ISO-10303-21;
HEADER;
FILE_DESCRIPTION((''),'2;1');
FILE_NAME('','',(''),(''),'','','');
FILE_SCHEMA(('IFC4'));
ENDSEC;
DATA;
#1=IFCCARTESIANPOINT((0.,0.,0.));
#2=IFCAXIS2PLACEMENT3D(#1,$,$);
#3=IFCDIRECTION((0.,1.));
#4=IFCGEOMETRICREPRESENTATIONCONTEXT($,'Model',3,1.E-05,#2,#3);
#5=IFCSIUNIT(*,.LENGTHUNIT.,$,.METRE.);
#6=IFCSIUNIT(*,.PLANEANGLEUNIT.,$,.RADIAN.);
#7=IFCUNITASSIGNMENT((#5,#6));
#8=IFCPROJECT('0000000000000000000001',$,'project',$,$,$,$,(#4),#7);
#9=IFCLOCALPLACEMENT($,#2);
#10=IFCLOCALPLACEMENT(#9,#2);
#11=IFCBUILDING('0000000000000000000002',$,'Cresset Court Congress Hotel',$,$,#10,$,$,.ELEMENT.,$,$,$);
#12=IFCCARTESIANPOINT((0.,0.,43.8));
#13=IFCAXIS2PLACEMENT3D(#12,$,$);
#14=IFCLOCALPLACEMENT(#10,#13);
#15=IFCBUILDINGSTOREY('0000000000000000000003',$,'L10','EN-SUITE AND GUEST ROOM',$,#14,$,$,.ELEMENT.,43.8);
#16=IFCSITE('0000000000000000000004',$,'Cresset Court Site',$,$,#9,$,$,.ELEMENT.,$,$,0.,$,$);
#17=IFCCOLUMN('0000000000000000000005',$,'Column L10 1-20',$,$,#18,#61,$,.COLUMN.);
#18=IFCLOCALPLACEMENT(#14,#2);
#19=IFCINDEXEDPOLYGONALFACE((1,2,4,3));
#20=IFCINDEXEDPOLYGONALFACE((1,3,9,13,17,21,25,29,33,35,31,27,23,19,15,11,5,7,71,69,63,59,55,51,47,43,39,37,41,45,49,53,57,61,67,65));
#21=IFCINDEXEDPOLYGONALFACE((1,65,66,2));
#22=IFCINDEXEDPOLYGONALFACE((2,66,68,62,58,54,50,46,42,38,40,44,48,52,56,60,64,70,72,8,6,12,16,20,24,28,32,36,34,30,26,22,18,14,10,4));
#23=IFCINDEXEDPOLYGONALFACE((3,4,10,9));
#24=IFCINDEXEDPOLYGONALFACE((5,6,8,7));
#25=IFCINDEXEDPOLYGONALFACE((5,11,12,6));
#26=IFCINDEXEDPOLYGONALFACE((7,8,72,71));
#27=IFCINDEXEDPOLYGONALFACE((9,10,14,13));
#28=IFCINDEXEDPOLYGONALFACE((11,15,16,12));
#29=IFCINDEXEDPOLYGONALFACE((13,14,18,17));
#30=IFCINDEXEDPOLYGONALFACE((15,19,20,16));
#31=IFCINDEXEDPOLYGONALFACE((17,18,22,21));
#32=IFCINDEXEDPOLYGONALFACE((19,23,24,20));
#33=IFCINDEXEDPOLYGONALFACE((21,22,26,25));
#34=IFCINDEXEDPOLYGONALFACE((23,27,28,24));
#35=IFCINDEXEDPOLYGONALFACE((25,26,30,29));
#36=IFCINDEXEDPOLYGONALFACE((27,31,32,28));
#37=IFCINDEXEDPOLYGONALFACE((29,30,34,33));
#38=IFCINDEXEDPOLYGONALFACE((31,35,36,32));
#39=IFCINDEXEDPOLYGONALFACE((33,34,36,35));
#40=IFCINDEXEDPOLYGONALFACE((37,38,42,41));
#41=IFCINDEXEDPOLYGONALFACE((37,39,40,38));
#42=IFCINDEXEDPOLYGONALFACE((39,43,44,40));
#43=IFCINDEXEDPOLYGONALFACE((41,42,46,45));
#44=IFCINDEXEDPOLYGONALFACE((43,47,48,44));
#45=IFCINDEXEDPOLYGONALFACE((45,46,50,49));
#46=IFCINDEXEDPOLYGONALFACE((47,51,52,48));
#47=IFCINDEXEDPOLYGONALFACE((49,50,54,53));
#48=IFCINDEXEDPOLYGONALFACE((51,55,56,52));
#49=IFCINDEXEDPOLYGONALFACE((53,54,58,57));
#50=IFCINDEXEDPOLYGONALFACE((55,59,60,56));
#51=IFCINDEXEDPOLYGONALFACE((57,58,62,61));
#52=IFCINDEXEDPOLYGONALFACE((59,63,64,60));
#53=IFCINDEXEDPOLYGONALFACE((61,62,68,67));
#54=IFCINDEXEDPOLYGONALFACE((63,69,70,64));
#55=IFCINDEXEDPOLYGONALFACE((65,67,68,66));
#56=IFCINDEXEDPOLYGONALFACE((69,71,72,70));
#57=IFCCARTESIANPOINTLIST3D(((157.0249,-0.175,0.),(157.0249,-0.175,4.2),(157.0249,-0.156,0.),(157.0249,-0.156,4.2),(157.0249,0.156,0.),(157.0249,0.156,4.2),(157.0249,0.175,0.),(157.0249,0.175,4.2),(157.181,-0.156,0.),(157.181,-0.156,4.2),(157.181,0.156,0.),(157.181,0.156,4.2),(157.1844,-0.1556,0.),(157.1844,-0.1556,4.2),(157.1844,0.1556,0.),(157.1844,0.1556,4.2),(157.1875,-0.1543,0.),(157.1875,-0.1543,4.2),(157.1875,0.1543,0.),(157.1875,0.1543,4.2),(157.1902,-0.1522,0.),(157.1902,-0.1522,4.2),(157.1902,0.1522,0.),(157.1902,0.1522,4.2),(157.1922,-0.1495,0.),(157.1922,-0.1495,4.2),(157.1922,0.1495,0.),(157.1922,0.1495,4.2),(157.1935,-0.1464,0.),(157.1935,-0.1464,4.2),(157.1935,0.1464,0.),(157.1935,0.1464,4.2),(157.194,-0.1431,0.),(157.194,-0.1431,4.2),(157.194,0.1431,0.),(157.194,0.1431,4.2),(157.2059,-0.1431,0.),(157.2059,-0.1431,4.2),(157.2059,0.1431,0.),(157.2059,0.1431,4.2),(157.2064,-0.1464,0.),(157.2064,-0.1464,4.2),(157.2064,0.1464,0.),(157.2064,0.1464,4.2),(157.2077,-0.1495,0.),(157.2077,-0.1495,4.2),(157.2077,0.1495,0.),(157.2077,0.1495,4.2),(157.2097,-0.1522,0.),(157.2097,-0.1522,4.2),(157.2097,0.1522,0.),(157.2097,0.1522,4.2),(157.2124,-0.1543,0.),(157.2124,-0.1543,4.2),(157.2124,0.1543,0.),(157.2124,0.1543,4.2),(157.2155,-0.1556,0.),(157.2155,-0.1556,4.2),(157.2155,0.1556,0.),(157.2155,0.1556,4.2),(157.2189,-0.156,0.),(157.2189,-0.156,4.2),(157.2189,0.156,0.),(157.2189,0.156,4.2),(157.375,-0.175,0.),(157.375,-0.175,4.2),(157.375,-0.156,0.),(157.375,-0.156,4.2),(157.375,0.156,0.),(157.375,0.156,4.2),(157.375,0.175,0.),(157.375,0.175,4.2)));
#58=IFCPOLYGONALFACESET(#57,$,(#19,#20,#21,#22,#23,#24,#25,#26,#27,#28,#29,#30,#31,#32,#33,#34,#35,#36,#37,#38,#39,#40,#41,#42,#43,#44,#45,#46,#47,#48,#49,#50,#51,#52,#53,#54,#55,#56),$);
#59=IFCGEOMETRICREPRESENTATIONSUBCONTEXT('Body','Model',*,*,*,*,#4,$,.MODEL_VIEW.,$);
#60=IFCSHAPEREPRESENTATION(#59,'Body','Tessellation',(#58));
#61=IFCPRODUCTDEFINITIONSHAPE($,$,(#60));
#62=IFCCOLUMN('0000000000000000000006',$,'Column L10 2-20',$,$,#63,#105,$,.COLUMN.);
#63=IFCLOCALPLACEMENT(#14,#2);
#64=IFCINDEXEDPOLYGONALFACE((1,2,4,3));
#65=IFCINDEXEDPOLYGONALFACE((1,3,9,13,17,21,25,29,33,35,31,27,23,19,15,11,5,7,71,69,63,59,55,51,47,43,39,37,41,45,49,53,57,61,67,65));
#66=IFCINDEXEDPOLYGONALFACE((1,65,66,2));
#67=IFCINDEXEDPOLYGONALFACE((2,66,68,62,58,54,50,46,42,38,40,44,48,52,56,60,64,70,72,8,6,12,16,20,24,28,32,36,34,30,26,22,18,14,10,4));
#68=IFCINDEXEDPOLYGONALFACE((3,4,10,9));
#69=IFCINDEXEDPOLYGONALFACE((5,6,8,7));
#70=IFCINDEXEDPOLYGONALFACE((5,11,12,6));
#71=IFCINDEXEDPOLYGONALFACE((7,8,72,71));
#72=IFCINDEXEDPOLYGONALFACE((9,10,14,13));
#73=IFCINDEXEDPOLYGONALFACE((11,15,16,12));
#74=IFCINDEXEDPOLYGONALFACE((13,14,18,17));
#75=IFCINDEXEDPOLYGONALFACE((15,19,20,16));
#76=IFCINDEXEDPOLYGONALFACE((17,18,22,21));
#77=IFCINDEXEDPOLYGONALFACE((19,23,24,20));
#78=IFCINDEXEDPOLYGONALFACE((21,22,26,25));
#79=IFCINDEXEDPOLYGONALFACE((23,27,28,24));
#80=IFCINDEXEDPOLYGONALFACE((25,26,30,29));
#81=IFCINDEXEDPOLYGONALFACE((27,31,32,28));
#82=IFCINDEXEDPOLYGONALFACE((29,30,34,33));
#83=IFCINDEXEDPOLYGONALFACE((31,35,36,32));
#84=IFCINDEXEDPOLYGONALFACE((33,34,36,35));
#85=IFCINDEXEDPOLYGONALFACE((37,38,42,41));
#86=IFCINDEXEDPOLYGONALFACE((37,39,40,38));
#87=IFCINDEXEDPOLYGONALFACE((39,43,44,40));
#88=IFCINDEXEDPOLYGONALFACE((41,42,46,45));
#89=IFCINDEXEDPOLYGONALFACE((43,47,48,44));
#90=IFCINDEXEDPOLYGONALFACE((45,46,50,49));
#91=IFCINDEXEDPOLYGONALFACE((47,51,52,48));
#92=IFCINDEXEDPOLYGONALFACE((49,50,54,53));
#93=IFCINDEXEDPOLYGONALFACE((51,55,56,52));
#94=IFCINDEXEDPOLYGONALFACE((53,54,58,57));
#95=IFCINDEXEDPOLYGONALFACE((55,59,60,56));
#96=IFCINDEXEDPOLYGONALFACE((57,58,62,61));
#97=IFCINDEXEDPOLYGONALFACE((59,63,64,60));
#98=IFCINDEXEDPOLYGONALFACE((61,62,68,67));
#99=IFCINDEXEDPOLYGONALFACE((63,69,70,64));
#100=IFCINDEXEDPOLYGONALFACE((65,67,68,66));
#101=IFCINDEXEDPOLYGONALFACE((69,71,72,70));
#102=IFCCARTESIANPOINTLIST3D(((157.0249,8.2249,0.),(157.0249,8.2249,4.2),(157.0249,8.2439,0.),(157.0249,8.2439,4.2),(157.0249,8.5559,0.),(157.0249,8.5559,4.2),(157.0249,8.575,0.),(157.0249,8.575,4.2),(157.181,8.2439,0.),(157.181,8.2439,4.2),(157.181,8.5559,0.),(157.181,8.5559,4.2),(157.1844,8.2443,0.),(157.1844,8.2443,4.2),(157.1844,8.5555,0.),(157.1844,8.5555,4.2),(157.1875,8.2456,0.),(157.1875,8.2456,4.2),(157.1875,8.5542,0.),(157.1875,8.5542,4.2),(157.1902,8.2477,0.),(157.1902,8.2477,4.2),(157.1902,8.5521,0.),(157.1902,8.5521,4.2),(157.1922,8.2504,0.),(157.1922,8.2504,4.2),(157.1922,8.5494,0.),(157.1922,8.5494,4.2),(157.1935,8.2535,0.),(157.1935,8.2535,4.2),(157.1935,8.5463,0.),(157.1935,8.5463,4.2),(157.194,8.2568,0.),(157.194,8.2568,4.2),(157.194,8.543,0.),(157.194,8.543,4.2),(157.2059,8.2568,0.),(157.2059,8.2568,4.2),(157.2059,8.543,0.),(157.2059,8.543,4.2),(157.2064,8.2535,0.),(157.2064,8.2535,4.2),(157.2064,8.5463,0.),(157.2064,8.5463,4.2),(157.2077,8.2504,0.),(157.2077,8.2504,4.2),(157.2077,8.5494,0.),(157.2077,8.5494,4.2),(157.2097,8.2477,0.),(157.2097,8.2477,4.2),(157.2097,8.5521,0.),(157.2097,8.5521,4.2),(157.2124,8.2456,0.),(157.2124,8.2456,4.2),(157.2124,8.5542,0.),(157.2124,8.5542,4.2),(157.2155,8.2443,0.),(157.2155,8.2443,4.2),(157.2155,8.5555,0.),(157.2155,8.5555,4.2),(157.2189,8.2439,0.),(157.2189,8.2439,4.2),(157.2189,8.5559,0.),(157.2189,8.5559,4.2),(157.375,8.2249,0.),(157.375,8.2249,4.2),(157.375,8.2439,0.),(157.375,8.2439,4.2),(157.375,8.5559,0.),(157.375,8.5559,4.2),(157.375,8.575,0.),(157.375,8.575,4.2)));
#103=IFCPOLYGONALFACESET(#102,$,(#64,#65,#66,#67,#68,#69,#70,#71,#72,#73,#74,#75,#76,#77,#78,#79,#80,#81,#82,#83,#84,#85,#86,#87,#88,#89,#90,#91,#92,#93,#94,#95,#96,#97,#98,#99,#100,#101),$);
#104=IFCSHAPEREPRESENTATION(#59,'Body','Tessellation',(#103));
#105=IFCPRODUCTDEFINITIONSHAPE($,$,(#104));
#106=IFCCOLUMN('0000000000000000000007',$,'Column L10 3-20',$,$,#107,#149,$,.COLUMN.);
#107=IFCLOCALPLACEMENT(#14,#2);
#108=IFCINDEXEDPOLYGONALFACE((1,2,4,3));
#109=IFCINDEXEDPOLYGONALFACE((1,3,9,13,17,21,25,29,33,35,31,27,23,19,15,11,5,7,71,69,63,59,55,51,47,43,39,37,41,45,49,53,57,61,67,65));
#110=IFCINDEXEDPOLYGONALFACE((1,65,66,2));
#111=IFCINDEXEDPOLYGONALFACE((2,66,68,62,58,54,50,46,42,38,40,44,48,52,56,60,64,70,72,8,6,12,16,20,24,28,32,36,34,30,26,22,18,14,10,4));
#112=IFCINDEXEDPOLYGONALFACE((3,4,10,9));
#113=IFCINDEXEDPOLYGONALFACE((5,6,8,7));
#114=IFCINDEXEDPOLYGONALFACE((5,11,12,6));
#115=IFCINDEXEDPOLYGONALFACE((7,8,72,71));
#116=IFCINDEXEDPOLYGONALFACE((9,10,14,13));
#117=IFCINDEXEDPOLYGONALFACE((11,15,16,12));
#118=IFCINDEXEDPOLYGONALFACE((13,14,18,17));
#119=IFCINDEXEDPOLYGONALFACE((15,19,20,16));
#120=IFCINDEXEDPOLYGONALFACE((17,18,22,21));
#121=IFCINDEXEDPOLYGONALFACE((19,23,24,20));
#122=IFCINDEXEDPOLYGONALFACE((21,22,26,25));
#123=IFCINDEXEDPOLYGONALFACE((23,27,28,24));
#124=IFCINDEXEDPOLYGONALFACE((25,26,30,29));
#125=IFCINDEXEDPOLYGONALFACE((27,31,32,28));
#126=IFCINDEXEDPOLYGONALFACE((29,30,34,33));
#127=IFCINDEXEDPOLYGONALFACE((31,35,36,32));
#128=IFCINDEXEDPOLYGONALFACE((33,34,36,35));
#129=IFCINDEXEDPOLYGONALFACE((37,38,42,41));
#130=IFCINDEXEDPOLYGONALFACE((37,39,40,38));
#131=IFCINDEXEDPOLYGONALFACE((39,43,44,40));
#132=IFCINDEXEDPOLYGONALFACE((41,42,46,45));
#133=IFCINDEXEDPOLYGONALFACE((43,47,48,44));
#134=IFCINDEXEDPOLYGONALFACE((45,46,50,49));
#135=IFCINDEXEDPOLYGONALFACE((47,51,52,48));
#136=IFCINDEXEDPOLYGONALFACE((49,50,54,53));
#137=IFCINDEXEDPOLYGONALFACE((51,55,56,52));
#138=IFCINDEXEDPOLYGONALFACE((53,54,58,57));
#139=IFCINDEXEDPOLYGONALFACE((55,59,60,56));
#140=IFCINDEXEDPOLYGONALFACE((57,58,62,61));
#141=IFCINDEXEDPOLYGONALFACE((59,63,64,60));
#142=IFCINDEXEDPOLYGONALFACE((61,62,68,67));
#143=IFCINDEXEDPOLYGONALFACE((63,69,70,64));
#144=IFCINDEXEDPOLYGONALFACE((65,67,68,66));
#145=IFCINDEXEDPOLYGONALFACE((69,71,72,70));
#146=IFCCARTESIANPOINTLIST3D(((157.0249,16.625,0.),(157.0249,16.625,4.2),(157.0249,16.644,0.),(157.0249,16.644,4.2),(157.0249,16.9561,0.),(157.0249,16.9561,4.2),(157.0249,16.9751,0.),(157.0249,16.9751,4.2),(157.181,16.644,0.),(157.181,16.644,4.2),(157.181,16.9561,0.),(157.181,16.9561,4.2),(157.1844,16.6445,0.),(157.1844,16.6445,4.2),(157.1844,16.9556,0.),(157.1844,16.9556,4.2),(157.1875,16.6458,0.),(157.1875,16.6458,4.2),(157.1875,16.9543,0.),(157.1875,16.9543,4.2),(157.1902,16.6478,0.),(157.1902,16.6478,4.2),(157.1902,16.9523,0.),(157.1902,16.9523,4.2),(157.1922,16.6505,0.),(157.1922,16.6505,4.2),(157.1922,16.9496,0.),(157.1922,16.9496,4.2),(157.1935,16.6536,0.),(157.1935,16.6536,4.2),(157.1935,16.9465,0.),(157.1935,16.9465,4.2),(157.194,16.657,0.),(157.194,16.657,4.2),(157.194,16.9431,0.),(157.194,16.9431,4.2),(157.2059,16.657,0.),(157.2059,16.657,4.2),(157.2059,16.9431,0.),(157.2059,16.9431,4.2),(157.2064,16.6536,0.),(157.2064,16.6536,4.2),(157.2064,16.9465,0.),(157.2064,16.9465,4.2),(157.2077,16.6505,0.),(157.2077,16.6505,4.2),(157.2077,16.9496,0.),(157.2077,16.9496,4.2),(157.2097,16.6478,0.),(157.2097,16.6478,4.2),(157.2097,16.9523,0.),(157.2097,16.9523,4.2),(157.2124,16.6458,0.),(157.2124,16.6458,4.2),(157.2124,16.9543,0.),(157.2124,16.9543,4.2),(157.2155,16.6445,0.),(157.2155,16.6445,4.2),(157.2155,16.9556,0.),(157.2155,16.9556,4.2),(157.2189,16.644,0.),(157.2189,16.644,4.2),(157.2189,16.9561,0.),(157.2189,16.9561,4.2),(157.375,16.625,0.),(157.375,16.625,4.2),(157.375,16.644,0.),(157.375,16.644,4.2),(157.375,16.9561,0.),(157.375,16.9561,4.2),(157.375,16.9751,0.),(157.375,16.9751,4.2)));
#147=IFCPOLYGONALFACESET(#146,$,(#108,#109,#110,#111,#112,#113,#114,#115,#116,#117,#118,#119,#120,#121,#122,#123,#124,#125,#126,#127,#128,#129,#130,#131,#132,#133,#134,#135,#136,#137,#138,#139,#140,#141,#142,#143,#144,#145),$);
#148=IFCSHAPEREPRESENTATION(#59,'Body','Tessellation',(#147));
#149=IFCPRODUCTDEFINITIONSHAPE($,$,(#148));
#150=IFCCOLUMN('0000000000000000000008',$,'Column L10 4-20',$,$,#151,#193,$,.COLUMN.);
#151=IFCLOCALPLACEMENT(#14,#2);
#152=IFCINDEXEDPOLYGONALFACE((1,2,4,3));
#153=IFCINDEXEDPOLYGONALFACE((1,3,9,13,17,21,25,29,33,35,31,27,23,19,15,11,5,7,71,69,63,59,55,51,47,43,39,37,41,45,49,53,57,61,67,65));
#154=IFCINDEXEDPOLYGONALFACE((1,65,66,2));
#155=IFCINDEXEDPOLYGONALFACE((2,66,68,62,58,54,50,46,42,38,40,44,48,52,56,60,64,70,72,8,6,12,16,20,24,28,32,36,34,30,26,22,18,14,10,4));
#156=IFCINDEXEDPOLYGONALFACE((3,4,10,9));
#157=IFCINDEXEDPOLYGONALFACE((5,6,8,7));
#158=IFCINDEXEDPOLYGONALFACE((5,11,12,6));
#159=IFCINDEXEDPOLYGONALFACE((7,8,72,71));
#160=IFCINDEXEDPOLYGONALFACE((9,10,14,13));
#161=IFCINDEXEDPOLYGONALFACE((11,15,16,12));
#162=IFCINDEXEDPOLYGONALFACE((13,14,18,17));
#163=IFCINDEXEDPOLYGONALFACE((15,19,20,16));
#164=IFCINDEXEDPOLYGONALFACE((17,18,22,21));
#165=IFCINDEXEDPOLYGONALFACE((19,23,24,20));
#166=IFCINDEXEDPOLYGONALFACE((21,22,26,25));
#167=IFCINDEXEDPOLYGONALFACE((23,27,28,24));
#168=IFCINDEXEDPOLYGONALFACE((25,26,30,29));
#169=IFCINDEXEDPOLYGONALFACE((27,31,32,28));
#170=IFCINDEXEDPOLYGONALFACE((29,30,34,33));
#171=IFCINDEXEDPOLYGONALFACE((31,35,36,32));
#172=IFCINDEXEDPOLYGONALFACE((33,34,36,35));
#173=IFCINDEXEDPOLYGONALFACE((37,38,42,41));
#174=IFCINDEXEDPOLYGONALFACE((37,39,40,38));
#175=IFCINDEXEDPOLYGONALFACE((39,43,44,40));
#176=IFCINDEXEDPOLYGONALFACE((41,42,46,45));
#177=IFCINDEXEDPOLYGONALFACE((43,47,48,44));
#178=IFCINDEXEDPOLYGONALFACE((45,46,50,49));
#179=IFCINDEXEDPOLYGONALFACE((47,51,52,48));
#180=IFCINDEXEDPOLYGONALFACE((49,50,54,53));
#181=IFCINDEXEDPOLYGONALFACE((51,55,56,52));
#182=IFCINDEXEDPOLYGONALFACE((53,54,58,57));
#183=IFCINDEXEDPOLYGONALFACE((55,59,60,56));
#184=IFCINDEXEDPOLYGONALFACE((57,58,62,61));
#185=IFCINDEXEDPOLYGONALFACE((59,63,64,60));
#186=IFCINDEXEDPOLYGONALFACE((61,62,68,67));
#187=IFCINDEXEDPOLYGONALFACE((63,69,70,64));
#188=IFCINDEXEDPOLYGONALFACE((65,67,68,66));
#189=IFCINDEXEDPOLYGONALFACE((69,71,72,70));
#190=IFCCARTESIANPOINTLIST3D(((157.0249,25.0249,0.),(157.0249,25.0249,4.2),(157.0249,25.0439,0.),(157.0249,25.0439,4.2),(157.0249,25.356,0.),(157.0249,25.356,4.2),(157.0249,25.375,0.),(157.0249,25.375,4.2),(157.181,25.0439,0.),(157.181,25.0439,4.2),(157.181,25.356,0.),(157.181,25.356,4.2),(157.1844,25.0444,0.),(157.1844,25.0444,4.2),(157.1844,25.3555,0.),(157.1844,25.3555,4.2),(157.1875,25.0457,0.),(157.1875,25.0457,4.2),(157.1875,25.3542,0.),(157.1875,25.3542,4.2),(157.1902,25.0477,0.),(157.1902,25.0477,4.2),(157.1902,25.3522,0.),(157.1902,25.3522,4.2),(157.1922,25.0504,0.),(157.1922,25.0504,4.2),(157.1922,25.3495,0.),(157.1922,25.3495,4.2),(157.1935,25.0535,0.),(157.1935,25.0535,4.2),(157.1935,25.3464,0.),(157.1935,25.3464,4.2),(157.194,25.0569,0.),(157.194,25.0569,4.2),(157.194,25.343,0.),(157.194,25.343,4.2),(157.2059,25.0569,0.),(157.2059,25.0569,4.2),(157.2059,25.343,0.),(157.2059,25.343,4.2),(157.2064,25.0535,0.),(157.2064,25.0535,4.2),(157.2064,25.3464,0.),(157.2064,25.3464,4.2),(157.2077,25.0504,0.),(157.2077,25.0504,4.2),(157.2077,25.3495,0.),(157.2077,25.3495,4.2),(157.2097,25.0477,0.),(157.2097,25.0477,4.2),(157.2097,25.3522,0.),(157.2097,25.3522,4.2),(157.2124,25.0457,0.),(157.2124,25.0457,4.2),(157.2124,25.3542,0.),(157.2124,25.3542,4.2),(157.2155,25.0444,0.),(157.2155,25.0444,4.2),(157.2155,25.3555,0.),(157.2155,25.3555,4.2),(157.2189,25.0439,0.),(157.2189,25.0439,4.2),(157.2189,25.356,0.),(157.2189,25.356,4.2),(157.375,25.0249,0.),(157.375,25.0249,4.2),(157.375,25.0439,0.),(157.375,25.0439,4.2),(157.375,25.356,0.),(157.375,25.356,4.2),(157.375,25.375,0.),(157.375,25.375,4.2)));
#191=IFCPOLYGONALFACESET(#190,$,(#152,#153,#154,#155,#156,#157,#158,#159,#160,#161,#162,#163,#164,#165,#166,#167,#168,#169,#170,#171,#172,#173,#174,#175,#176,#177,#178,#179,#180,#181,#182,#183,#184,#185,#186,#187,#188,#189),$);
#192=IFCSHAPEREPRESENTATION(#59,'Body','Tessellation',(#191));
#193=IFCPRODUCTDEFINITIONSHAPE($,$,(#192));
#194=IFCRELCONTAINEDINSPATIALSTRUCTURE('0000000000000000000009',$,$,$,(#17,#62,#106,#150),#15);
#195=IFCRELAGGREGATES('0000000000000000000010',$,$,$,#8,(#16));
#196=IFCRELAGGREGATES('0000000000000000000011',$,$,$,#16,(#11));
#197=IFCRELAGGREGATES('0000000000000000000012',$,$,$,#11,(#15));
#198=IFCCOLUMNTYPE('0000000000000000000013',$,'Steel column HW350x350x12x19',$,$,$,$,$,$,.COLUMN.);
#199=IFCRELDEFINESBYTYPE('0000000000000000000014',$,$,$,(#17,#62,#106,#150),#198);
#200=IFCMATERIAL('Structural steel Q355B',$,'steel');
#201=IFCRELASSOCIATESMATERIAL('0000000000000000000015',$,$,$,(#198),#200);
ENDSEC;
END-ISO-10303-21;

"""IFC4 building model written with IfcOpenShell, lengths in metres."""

from ifc_helpers import new_model, si_unit, direction, frame, origin, origin_2d, place, context, subcontext, project, spatial, i_section, extrude, material, material_profile, profile_set, type_object, element, save


model = new_model("IFC4")

# Units and contexts
model_context = context("Model", 3, precision=1e-05, world=origin(), true_north=direction((0.0, 1.0)))
body_context = subcontext(model_context, "Body", "Model", "MODEL_VIEW")
ifc_project = project(units=[si_unit("LENGTHUNIT", "METRE"), si_unit("PLANEANGLEUNIT", "RADIAN")], contexts=[model_context])

# Site, building, storey
site_placement = place(None, origin())
site = spatial("IfcSite", under=ifc_project, at=site_placement, Name="Cresset Court Site", CompositionType="ELEMENT", RefElevation=0.0)
building_placement = place(site_placement, origin())
building = spatial("IfcBuilding", under=site, at=building_placement, Name="Cresset Court Congress Hotel", CompositionType="ELEMENT")
storey_placement = place(building_placement, frame((0.0, 0.0, 43.8)))
storey = spatial("IfcBuildingStorey", under=building, at=storey_placement, Name="L10", Description="EN-SUITE AND GUEST ROOM", CompositionType="ELEMENT", Elevation=43.8)

# Columns
ifc_material_1 = material(Name="Structural steel Q355B", Category="steel")
ifc_material_profile_1 = material_profile(ifc_material_1, i_section(OverallWidth=0.3501, OverallDepth=0.3501, WebThickness=0.012, FlangeThickness=0.019, FilletRadius=0.0129, at=origin_2d()), Name="HW350x350x12x19")
ifc_profile_set_1 = profile_set([ifc_material_profile_1], Name="Structural steel Q355B")
column_type = type_object("IfcColumnType", Name="Steel column HW350x350x12x19", PredefinedType="COLUMN", material=ifc_profile_set_1)
for number, where, z_axis, x_axis, name in (
    (1, (157.2, 0.0, 0.0), (0.0, 0.0, 1.0), (1.0, 0.0, 0.0), "Column L10 1-20"),
    (2, (157.2, 8.3999, 0.0), (0.0, 0.0, 1.0), (1.0, 0.0, 0.0), "Column L10 2-20"),
    (3, (157.2, 16.8, 0.0), (0.0, 0.0, 1.0), (1.0, 0.0, 0.0), "Column L10 3-20"),
    (4, (157.2, 25.2, 0.0), (0.0, 0.0, 1.0), (1.0, 0.0, 0.0), "Column L10 4-20"),
):
    element("IfcColumn", number, at=place(storey_placement, frame(where, z_axis=z_axis, x_axis=x_axis)), inside=storey, type_object=column_type, Name=name, PredefinedType="COLUMN", context=body_context, shape_type="SweptSolid", body=[
        extrude(i_section(OverallWidth=0.3501, OverallDepth=0.3501, WebThickness=0.012, FlangeThickness=0.019, FilletRadius=0.0129, at=origin_2d()), origin(), (0.0, 0.0, 1.0), 4.2),
    ])

save(model, "model.ifc")
